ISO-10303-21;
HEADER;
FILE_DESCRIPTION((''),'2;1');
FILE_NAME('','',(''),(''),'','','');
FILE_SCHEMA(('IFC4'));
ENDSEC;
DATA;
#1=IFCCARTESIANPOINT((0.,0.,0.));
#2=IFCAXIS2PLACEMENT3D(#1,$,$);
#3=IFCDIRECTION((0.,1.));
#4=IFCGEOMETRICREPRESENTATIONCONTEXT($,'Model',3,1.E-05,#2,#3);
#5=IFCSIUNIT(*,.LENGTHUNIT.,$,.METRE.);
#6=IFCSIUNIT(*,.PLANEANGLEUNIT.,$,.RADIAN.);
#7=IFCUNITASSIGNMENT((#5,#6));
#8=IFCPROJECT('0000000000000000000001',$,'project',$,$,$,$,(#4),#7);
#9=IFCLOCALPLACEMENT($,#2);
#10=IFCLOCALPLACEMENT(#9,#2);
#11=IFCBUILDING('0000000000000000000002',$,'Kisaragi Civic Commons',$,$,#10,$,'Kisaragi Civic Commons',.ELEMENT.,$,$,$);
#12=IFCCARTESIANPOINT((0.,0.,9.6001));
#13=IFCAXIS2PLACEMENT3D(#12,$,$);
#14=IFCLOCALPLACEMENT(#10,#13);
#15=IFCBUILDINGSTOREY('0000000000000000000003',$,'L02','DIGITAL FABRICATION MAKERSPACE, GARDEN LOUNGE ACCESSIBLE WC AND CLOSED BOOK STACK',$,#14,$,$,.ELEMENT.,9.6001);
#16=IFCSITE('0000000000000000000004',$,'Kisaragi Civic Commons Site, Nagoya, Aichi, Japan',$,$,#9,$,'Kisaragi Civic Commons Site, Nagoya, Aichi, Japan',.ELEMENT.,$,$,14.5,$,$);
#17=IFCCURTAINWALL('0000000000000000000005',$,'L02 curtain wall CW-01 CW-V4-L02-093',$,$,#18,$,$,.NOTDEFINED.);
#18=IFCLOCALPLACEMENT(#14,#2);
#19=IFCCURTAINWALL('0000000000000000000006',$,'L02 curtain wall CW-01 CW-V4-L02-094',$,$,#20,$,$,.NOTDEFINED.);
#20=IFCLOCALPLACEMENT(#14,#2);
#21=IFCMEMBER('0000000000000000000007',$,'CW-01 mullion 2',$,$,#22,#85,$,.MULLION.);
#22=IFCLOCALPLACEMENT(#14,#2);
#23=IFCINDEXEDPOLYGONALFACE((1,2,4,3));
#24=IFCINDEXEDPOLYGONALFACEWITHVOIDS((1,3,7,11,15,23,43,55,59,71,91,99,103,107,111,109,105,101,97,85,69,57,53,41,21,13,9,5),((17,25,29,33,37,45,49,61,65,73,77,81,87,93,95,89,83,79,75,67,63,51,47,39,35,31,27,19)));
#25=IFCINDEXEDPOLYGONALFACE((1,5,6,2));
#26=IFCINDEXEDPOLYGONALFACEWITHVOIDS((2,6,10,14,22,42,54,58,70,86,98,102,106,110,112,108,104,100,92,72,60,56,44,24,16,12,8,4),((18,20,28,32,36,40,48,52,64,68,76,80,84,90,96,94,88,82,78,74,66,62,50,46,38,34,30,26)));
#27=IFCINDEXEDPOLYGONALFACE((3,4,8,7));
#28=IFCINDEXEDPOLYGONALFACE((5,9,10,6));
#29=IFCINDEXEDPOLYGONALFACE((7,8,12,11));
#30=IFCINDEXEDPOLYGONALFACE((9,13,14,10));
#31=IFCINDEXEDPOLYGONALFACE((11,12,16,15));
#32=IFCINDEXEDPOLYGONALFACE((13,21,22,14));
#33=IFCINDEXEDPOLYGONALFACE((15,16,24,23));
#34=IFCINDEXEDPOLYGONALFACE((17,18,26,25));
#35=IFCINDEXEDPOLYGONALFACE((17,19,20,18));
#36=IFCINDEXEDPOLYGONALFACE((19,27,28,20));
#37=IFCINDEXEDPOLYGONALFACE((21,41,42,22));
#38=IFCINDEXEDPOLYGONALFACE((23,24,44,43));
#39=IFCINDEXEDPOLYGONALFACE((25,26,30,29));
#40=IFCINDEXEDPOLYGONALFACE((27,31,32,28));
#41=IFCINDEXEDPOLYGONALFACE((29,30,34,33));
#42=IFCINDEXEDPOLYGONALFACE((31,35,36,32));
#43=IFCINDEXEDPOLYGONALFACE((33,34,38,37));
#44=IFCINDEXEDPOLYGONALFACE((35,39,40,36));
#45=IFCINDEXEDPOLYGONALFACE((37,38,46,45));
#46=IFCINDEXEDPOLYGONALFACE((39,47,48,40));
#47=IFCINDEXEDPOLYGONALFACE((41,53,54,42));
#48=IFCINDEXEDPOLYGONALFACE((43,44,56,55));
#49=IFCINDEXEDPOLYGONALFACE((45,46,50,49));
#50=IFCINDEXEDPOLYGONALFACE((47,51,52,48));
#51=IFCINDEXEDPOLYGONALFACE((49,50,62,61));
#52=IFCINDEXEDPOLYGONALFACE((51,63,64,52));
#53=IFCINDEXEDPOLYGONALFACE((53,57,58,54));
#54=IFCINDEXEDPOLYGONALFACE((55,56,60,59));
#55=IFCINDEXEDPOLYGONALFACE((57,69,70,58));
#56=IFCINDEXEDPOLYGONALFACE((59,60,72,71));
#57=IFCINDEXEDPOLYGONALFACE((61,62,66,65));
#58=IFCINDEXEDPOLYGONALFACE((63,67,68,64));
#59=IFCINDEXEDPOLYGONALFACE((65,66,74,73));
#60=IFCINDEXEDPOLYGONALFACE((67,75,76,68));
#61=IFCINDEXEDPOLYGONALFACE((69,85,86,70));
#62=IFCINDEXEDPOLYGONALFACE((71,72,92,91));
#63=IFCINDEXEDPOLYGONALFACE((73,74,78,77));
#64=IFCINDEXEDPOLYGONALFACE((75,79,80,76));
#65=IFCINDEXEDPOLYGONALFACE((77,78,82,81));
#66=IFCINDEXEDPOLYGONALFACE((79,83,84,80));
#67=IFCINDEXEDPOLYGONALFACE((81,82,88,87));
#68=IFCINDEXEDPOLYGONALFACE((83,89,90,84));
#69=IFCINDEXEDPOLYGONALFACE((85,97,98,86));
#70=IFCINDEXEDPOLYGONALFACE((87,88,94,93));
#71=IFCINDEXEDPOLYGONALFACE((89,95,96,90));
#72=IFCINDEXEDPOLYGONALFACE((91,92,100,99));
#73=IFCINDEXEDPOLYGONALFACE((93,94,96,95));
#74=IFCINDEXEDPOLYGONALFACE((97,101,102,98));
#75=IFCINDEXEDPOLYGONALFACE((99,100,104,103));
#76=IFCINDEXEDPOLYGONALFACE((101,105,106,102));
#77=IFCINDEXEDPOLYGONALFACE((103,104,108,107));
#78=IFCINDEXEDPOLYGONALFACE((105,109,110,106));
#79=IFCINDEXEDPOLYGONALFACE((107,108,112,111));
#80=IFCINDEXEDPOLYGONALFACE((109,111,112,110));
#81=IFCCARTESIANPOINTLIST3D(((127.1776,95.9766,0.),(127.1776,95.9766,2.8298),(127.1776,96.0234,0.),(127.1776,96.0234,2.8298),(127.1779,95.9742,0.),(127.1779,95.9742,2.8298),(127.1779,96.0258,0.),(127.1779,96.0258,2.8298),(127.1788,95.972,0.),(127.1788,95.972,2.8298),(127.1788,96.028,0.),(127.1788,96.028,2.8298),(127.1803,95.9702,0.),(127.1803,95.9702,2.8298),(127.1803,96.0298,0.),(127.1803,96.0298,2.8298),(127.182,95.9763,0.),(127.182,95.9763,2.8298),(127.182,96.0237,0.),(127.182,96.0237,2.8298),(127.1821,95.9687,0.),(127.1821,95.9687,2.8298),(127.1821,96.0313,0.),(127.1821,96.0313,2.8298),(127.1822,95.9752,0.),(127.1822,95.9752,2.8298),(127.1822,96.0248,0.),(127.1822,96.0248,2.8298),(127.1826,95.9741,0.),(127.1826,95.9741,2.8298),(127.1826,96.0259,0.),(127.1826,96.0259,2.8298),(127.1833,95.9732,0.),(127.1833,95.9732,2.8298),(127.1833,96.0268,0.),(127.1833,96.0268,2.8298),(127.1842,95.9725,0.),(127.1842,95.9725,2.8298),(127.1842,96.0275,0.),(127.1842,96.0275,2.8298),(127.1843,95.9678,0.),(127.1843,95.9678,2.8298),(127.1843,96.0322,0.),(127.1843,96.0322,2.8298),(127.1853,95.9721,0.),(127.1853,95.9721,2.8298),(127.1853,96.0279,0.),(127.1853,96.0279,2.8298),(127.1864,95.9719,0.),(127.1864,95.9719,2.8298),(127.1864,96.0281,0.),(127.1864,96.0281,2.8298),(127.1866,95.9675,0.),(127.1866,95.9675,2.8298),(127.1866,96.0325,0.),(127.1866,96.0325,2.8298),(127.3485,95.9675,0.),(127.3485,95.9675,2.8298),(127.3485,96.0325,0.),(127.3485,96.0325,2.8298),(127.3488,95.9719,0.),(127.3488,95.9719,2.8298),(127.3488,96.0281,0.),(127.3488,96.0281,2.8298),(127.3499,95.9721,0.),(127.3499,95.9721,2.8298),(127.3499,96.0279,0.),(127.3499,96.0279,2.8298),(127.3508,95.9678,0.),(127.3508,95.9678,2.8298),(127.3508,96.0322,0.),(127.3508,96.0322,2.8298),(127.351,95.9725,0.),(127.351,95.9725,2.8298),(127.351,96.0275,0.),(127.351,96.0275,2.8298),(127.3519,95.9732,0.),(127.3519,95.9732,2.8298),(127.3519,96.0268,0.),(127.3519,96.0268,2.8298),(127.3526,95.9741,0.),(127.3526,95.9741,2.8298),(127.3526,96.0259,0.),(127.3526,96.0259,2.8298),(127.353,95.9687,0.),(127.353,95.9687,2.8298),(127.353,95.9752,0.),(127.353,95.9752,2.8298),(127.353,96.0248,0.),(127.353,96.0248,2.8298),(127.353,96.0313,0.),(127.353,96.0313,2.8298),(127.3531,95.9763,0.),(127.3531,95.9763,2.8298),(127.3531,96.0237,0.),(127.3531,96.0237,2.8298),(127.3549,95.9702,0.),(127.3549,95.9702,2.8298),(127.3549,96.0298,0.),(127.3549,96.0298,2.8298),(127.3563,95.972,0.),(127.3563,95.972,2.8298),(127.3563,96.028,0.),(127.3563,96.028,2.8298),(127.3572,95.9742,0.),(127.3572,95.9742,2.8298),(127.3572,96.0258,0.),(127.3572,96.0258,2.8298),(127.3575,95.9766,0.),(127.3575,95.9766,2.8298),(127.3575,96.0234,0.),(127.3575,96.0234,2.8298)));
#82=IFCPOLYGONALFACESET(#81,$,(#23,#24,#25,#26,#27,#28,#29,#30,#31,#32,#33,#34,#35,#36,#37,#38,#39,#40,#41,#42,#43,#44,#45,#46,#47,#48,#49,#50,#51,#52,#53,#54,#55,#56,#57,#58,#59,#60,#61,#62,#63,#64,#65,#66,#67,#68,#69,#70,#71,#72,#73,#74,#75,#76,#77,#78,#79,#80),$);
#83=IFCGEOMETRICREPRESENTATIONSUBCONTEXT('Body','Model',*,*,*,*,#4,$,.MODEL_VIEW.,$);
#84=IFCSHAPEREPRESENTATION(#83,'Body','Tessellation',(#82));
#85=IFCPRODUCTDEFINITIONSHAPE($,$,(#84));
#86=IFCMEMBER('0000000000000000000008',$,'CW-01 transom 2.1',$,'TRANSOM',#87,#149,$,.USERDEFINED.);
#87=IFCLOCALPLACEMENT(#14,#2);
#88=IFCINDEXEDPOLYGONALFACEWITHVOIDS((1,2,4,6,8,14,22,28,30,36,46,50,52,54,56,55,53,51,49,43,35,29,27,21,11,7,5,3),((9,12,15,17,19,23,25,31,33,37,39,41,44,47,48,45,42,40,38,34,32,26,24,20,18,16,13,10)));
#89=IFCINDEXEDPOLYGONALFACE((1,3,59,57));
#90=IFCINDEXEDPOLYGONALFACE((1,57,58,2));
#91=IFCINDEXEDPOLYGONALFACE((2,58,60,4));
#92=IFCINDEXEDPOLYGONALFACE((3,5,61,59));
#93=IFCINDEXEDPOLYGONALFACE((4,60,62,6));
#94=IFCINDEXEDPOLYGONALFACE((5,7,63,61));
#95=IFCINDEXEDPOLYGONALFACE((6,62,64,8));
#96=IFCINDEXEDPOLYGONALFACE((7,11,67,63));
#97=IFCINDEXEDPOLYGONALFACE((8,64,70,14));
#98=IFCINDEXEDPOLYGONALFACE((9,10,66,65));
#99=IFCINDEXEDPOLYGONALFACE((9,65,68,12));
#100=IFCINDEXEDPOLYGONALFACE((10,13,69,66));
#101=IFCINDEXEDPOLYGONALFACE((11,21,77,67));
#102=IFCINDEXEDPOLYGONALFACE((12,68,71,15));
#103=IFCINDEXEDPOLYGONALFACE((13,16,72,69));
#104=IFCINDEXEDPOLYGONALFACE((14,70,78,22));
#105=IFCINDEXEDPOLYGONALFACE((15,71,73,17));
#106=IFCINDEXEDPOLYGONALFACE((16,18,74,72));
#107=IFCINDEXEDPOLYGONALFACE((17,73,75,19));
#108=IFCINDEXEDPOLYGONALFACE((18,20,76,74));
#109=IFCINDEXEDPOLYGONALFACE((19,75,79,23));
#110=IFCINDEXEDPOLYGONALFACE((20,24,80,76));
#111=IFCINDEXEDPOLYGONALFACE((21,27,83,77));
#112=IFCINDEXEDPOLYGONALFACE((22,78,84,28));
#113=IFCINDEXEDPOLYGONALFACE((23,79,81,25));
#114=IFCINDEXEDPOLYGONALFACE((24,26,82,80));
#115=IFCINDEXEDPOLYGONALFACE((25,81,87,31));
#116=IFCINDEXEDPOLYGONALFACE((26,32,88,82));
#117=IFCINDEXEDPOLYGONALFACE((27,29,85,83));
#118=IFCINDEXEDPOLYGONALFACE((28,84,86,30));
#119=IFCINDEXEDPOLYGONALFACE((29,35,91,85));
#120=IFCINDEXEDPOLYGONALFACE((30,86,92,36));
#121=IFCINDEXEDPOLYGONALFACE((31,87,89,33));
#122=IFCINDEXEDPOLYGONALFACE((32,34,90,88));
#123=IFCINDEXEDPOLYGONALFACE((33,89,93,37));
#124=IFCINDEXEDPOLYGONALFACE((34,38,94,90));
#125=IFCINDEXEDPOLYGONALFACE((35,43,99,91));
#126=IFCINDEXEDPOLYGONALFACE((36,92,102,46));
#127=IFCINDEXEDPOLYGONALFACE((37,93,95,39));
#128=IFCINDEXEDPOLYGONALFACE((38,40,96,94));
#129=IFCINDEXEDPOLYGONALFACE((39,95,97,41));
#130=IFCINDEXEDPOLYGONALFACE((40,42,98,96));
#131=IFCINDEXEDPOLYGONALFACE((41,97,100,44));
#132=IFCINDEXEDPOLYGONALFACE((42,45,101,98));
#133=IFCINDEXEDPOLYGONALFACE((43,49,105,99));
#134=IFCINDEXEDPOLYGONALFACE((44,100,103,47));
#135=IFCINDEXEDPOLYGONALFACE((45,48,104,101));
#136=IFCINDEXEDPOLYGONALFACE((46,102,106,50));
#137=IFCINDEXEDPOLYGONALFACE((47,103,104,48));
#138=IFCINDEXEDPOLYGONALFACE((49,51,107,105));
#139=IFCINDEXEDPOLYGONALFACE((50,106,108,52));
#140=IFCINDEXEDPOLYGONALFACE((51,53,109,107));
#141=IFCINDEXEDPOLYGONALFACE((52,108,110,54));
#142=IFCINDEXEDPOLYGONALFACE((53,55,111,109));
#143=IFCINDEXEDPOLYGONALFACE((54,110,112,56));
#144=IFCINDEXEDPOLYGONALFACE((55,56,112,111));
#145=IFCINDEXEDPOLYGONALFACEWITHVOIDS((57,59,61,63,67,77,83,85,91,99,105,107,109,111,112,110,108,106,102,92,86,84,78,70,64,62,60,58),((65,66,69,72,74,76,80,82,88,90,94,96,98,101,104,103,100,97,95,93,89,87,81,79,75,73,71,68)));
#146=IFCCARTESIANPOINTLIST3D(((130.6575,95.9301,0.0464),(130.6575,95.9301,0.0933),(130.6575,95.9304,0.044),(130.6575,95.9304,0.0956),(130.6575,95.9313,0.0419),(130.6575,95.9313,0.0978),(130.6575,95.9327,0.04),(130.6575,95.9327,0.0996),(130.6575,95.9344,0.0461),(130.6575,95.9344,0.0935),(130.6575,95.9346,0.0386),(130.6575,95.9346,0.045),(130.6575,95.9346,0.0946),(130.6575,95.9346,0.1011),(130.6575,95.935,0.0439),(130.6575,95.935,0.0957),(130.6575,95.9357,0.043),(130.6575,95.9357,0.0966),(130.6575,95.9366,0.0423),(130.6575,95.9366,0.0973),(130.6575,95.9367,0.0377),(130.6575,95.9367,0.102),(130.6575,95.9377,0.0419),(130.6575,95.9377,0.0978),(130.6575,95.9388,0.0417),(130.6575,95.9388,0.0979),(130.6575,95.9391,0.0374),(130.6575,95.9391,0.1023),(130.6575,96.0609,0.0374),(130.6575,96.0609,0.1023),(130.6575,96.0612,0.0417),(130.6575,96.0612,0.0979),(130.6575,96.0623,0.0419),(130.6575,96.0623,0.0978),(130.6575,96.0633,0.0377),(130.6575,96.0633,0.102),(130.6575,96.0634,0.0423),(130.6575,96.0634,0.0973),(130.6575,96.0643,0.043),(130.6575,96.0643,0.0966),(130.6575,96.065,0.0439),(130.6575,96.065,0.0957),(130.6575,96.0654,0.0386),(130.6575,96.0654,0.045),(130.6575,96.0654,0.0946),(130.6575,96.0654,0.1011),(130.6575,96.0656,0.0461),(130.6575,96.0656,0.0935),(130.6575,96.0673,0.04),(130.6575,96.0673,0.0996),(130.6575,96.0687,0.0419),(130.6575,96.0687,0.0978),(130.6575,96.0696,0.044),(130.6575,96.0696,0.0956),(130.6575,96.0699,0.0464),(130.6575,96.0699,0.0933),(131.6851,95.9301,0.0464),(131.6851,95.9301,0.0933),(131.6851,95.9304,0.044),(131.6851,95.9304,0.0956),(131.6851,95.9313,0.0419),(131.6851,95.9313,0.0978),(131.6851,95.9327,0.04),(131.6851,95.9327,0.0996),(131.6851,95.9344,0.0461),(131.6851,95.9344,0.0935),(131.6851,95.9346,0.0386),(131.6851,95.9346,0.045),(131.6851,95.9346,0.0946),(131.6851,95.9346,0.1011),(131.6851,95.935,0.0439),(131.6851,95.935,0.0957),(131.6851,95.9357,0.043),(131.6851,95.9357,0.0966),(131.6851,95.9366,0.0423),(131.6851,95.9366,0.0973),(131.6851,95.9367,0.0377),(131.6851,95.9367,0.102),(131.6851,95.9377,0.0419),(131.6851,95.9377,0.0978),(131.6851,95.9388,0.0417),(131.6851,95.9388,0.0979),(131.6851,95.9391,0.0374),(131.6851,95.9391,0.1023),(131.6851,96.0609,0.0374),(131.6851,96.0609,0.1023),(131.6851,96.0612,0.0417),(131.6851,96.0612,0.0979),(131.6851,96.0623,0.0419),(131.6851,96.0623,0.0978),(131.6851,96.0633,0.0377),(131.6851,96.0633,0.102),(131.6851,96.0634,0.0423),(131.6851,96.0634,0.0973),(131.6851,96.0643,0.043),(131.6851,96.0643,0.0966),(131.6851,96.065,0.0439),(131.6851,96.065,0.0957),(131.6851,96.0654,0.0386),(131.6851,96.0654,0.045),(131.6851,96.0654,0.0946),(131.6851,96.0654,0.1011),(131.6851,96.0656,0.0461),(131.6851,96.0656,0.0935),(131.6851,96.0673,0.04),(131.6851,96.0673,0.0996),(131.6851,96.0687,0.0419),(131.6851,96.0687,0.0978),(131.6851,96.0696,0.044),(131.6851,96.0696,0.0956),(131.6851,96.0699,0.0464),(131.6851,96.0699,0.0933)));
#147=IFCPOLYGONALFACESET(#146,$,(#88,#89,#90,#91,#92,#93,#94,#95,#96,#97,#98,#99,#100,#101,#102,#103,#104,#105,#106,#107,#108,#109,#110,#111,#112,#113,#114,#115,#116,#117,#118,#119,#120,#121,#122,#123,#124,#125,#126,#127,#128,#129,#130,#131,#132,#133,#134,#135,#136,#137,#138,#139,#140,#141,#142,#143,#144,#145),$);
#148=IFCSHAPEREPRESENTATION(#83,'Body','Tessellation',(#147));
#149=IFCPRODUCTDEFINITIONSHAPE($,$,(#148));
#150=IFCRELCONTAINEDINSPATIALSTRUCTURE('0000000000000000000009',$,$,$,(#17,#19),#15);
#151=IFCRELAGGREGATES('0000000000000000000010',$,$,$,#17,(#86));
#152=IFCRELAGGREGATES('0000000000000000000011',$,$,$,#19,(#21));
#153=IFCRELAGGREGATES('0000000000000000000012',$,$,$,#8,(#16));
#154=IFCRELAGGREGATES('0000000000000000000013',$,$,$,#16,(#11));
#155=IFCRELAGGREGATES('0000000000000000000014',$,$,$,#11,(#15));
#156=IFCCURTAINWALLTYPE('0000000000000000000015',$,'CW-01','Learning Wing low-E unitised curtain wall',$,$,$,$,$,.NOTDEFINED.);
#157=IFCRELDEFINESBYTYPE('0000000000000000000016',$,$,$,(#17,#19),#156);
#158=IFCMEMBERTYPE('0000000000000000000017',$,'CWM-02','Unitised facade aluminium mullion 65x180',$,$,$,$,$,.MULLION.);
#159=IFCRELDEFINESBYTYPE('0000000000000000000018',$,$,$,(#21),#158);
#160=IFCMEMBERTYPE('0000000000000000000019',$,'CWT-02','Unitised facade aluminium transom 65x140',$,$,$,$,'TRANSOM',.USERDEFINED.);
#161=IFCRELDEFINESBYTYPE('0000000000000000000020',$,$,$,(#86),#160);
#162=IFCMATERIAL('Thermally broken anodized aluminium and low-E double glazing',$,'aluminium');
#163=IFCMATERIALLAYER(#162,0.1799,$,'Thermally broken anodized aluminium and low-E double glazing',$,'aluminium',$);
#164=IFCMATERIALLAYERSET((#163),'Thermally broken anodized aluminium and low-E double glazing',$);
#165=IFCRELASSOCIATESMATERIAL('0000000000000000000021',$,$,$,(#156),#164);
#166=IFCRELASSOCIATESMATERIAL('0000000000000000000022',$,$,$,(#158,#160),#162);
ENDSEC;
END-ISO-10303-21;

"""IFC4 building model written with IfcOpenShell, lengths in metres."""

from ifc_helpers import new_model, si_unit, direction, frame, origin, origin_2d, place, context, subcontext, project, spatial, hollow_rectangle, extrude, material, layer, layer_set, material_profile, profile_set, type_object, element, aggregate, save


model = new_model("IFC4")

# Units and contexts
model_context = context("Model", 3, precision=1e-05, world=origin(), true_north=direction((0.0, 1.0)))
body_context = subcontext(model_context, "Body", "Model", "MODEL_VIEW")
ifc_project = project(units=[si_unit("LENGTHUNIT", "METRE"), si_unit("PLANEANGLEUNIT", "RADIAN")], contexts=[model_context])

# Site, building, storey
site_placement = place(None, origin())
site = spatial("IfcSite", under=ifc_project, at=site_placement, Name="Kisaragi Civic Commons Site, Nagoya, Aichi, Japan", LongName="Kisaragi Civic Commons Site, Nagoya, Aichi, Japan", CompositionType="ELEMENT", RefElevation=14.5)
building_placement = place(site_placement, origin())
building = spatial("IfcBuilding", under=site, at=building_placement, Name="Kisaragi Civic Commons", LongName="Kisaragi Civic Commons", CompositionType="ELEMENT")
storey_placement = place(building_placement, frame((0.0, 0.0, 9.6001)))
storey = spatial("IfcBuildingStorey", under=building, at=storey_placement, Name="L02", Description="DIGITAL FABRICATION MAKERSPACE, GARDEN LOUNGE ACCESSIBLE WC AND CLOSED BOOK STACK", CompositionType="ELEMENT", Elevation=9.6001)

# Curtain walls, member
ifc_material = material(Name="Thermally broken anodized aluminium and low-E double glazing", Category="aluminium")
ifc_layer_1 = layer(ifc_material, 0.1799, Name="Thermally broken anodized aluminium and low-E double glazing", Category="aluminium")
ifc_layer_set_1 = layer_set([ifc_layer_1], Name="Thermally broken anodized aluminium and low-E double glazing")
curtain_wall_type = type_object("IfcCurtainWallType", Name="CW-01", Description="Learning Wing low-E unitised curtain wall", PredefinedType="NOTDEFINED", material=ifc_layer_set_1)
curtain_wall_1_placement = place(storey_placement, origin())
curtain_wall_1 = element("IfcCurtainWall", 1, at=curtain_wall_1_placement, inside=storey, type_object=curtain_wall_type, Name="L02 curtain wall CW-01 CW-V4-L02-093", PredefinedType="NOTDEFINED")
ifc_material_profile_1 = material_profile(ifc_material, hollow_rectangle(XDim=0.0649, YDim=0.1799, WallThickness=0.0044, InnerFilletRadius=0.0044, OuterFilletRadius=0.009, at=origin_2d()), Name="CWM-65x180x4.5", Category="aluminium")
ifc_profile_set_1 = profile_set([ifc_material_profile_1], Name="Thermally broken anodized aluminium and low-E double glazing")
member_type_1 = type_object("IfcMemberType", Name="CWM-02", Description="Unitised facade aluminium mullion 65x180", PredefinedType="MULLION", material=ifc_profile_set_1)
curtain_wall_2_placement = place(storey_placement, origin())
curtain_wall_2 = element("IfcCurtainWall", 2, at=curtain_wall_2_placement, inside=storey, type_object=curtain_wall_type, Name="L02 curtain wall CW-01 CW-V4-L02-094", PredefinedType="NOTDEFINED")
member_1_placement = place(storey_placement, frame((127.2676, 96.0, 0.0), z_axis=(0.0, 0.0, 1.0), x_axis=(0.0, -1.0, 0.0)))
member_1 = element("IfcMember", 3, at=member_1_placement, type_object=member_type_1, Name="CW-01 mullion 2", PredefinedType="MULLION", context=body_context, shape_type="SweptSolid", body=[
    extrude(hollow_rectangle(XDim=0.0649, YDim=0.1799, WallThickness=0.0044, InnerFilletRadius=0.0044, OuterFilletRadius=0.009, at=origin_2d()), origin(), (0.0, 0.0, 1.0), 2.8298),
])

# Member
ifc_material_profile_2 = material_profile(ifc_material, hollow_rectangle(XDim=0.1399, YDim=0.0649, WallThickness=0.0044, InnerFilletRadius=0.0044, OuterFilletRadius=0.009, at=origin_2d()), Name="CWT-65x140x4.5", Category="aluminium")
ifc_profile_set_2 = profile_set([ifc_material_profile_2], Name="Thermally broken anodized aluminium and low-E double glazing")
member_type_2 = type_object("IfcMemberType", Name="CWT-02", Description="Unitised facade aluminium transom 65x140", ElementType="TRANSOM", PredefinedType="USERDEFINED", material=ifc_profile_set_2)
member_2_placement = place(storey_placement, frame((131.6851, 96.0, 0.0698), z_axis=(-1.0, 0.0, 0.0), x_axis=(0.0, -1.0, 0.0)))
member_2 = element("IfcMember", 4, at=member_2_placement, type_object=member_type_2, Name="CW-01 transom 2.1", ObjectType="TRANSOM", PredefinedType="USERDEFINED", context=body_context, shape_type="SweptSolid", body=[
    extrude(hollow_rectangle(XDim=0.1399, YDim=0.0649, WallThickness=0.0044, InnerFilletRadius=0.0044, OuterFilletRadius=0.009, at=origin_2d()), origin(), (0.0, 0.0, 1.0), 1.0276),
])

aggregate(curtain_wall_1, [member_2])
aggregate(curtain_wall_2, [member_1])

save(model, "model.ifc")
